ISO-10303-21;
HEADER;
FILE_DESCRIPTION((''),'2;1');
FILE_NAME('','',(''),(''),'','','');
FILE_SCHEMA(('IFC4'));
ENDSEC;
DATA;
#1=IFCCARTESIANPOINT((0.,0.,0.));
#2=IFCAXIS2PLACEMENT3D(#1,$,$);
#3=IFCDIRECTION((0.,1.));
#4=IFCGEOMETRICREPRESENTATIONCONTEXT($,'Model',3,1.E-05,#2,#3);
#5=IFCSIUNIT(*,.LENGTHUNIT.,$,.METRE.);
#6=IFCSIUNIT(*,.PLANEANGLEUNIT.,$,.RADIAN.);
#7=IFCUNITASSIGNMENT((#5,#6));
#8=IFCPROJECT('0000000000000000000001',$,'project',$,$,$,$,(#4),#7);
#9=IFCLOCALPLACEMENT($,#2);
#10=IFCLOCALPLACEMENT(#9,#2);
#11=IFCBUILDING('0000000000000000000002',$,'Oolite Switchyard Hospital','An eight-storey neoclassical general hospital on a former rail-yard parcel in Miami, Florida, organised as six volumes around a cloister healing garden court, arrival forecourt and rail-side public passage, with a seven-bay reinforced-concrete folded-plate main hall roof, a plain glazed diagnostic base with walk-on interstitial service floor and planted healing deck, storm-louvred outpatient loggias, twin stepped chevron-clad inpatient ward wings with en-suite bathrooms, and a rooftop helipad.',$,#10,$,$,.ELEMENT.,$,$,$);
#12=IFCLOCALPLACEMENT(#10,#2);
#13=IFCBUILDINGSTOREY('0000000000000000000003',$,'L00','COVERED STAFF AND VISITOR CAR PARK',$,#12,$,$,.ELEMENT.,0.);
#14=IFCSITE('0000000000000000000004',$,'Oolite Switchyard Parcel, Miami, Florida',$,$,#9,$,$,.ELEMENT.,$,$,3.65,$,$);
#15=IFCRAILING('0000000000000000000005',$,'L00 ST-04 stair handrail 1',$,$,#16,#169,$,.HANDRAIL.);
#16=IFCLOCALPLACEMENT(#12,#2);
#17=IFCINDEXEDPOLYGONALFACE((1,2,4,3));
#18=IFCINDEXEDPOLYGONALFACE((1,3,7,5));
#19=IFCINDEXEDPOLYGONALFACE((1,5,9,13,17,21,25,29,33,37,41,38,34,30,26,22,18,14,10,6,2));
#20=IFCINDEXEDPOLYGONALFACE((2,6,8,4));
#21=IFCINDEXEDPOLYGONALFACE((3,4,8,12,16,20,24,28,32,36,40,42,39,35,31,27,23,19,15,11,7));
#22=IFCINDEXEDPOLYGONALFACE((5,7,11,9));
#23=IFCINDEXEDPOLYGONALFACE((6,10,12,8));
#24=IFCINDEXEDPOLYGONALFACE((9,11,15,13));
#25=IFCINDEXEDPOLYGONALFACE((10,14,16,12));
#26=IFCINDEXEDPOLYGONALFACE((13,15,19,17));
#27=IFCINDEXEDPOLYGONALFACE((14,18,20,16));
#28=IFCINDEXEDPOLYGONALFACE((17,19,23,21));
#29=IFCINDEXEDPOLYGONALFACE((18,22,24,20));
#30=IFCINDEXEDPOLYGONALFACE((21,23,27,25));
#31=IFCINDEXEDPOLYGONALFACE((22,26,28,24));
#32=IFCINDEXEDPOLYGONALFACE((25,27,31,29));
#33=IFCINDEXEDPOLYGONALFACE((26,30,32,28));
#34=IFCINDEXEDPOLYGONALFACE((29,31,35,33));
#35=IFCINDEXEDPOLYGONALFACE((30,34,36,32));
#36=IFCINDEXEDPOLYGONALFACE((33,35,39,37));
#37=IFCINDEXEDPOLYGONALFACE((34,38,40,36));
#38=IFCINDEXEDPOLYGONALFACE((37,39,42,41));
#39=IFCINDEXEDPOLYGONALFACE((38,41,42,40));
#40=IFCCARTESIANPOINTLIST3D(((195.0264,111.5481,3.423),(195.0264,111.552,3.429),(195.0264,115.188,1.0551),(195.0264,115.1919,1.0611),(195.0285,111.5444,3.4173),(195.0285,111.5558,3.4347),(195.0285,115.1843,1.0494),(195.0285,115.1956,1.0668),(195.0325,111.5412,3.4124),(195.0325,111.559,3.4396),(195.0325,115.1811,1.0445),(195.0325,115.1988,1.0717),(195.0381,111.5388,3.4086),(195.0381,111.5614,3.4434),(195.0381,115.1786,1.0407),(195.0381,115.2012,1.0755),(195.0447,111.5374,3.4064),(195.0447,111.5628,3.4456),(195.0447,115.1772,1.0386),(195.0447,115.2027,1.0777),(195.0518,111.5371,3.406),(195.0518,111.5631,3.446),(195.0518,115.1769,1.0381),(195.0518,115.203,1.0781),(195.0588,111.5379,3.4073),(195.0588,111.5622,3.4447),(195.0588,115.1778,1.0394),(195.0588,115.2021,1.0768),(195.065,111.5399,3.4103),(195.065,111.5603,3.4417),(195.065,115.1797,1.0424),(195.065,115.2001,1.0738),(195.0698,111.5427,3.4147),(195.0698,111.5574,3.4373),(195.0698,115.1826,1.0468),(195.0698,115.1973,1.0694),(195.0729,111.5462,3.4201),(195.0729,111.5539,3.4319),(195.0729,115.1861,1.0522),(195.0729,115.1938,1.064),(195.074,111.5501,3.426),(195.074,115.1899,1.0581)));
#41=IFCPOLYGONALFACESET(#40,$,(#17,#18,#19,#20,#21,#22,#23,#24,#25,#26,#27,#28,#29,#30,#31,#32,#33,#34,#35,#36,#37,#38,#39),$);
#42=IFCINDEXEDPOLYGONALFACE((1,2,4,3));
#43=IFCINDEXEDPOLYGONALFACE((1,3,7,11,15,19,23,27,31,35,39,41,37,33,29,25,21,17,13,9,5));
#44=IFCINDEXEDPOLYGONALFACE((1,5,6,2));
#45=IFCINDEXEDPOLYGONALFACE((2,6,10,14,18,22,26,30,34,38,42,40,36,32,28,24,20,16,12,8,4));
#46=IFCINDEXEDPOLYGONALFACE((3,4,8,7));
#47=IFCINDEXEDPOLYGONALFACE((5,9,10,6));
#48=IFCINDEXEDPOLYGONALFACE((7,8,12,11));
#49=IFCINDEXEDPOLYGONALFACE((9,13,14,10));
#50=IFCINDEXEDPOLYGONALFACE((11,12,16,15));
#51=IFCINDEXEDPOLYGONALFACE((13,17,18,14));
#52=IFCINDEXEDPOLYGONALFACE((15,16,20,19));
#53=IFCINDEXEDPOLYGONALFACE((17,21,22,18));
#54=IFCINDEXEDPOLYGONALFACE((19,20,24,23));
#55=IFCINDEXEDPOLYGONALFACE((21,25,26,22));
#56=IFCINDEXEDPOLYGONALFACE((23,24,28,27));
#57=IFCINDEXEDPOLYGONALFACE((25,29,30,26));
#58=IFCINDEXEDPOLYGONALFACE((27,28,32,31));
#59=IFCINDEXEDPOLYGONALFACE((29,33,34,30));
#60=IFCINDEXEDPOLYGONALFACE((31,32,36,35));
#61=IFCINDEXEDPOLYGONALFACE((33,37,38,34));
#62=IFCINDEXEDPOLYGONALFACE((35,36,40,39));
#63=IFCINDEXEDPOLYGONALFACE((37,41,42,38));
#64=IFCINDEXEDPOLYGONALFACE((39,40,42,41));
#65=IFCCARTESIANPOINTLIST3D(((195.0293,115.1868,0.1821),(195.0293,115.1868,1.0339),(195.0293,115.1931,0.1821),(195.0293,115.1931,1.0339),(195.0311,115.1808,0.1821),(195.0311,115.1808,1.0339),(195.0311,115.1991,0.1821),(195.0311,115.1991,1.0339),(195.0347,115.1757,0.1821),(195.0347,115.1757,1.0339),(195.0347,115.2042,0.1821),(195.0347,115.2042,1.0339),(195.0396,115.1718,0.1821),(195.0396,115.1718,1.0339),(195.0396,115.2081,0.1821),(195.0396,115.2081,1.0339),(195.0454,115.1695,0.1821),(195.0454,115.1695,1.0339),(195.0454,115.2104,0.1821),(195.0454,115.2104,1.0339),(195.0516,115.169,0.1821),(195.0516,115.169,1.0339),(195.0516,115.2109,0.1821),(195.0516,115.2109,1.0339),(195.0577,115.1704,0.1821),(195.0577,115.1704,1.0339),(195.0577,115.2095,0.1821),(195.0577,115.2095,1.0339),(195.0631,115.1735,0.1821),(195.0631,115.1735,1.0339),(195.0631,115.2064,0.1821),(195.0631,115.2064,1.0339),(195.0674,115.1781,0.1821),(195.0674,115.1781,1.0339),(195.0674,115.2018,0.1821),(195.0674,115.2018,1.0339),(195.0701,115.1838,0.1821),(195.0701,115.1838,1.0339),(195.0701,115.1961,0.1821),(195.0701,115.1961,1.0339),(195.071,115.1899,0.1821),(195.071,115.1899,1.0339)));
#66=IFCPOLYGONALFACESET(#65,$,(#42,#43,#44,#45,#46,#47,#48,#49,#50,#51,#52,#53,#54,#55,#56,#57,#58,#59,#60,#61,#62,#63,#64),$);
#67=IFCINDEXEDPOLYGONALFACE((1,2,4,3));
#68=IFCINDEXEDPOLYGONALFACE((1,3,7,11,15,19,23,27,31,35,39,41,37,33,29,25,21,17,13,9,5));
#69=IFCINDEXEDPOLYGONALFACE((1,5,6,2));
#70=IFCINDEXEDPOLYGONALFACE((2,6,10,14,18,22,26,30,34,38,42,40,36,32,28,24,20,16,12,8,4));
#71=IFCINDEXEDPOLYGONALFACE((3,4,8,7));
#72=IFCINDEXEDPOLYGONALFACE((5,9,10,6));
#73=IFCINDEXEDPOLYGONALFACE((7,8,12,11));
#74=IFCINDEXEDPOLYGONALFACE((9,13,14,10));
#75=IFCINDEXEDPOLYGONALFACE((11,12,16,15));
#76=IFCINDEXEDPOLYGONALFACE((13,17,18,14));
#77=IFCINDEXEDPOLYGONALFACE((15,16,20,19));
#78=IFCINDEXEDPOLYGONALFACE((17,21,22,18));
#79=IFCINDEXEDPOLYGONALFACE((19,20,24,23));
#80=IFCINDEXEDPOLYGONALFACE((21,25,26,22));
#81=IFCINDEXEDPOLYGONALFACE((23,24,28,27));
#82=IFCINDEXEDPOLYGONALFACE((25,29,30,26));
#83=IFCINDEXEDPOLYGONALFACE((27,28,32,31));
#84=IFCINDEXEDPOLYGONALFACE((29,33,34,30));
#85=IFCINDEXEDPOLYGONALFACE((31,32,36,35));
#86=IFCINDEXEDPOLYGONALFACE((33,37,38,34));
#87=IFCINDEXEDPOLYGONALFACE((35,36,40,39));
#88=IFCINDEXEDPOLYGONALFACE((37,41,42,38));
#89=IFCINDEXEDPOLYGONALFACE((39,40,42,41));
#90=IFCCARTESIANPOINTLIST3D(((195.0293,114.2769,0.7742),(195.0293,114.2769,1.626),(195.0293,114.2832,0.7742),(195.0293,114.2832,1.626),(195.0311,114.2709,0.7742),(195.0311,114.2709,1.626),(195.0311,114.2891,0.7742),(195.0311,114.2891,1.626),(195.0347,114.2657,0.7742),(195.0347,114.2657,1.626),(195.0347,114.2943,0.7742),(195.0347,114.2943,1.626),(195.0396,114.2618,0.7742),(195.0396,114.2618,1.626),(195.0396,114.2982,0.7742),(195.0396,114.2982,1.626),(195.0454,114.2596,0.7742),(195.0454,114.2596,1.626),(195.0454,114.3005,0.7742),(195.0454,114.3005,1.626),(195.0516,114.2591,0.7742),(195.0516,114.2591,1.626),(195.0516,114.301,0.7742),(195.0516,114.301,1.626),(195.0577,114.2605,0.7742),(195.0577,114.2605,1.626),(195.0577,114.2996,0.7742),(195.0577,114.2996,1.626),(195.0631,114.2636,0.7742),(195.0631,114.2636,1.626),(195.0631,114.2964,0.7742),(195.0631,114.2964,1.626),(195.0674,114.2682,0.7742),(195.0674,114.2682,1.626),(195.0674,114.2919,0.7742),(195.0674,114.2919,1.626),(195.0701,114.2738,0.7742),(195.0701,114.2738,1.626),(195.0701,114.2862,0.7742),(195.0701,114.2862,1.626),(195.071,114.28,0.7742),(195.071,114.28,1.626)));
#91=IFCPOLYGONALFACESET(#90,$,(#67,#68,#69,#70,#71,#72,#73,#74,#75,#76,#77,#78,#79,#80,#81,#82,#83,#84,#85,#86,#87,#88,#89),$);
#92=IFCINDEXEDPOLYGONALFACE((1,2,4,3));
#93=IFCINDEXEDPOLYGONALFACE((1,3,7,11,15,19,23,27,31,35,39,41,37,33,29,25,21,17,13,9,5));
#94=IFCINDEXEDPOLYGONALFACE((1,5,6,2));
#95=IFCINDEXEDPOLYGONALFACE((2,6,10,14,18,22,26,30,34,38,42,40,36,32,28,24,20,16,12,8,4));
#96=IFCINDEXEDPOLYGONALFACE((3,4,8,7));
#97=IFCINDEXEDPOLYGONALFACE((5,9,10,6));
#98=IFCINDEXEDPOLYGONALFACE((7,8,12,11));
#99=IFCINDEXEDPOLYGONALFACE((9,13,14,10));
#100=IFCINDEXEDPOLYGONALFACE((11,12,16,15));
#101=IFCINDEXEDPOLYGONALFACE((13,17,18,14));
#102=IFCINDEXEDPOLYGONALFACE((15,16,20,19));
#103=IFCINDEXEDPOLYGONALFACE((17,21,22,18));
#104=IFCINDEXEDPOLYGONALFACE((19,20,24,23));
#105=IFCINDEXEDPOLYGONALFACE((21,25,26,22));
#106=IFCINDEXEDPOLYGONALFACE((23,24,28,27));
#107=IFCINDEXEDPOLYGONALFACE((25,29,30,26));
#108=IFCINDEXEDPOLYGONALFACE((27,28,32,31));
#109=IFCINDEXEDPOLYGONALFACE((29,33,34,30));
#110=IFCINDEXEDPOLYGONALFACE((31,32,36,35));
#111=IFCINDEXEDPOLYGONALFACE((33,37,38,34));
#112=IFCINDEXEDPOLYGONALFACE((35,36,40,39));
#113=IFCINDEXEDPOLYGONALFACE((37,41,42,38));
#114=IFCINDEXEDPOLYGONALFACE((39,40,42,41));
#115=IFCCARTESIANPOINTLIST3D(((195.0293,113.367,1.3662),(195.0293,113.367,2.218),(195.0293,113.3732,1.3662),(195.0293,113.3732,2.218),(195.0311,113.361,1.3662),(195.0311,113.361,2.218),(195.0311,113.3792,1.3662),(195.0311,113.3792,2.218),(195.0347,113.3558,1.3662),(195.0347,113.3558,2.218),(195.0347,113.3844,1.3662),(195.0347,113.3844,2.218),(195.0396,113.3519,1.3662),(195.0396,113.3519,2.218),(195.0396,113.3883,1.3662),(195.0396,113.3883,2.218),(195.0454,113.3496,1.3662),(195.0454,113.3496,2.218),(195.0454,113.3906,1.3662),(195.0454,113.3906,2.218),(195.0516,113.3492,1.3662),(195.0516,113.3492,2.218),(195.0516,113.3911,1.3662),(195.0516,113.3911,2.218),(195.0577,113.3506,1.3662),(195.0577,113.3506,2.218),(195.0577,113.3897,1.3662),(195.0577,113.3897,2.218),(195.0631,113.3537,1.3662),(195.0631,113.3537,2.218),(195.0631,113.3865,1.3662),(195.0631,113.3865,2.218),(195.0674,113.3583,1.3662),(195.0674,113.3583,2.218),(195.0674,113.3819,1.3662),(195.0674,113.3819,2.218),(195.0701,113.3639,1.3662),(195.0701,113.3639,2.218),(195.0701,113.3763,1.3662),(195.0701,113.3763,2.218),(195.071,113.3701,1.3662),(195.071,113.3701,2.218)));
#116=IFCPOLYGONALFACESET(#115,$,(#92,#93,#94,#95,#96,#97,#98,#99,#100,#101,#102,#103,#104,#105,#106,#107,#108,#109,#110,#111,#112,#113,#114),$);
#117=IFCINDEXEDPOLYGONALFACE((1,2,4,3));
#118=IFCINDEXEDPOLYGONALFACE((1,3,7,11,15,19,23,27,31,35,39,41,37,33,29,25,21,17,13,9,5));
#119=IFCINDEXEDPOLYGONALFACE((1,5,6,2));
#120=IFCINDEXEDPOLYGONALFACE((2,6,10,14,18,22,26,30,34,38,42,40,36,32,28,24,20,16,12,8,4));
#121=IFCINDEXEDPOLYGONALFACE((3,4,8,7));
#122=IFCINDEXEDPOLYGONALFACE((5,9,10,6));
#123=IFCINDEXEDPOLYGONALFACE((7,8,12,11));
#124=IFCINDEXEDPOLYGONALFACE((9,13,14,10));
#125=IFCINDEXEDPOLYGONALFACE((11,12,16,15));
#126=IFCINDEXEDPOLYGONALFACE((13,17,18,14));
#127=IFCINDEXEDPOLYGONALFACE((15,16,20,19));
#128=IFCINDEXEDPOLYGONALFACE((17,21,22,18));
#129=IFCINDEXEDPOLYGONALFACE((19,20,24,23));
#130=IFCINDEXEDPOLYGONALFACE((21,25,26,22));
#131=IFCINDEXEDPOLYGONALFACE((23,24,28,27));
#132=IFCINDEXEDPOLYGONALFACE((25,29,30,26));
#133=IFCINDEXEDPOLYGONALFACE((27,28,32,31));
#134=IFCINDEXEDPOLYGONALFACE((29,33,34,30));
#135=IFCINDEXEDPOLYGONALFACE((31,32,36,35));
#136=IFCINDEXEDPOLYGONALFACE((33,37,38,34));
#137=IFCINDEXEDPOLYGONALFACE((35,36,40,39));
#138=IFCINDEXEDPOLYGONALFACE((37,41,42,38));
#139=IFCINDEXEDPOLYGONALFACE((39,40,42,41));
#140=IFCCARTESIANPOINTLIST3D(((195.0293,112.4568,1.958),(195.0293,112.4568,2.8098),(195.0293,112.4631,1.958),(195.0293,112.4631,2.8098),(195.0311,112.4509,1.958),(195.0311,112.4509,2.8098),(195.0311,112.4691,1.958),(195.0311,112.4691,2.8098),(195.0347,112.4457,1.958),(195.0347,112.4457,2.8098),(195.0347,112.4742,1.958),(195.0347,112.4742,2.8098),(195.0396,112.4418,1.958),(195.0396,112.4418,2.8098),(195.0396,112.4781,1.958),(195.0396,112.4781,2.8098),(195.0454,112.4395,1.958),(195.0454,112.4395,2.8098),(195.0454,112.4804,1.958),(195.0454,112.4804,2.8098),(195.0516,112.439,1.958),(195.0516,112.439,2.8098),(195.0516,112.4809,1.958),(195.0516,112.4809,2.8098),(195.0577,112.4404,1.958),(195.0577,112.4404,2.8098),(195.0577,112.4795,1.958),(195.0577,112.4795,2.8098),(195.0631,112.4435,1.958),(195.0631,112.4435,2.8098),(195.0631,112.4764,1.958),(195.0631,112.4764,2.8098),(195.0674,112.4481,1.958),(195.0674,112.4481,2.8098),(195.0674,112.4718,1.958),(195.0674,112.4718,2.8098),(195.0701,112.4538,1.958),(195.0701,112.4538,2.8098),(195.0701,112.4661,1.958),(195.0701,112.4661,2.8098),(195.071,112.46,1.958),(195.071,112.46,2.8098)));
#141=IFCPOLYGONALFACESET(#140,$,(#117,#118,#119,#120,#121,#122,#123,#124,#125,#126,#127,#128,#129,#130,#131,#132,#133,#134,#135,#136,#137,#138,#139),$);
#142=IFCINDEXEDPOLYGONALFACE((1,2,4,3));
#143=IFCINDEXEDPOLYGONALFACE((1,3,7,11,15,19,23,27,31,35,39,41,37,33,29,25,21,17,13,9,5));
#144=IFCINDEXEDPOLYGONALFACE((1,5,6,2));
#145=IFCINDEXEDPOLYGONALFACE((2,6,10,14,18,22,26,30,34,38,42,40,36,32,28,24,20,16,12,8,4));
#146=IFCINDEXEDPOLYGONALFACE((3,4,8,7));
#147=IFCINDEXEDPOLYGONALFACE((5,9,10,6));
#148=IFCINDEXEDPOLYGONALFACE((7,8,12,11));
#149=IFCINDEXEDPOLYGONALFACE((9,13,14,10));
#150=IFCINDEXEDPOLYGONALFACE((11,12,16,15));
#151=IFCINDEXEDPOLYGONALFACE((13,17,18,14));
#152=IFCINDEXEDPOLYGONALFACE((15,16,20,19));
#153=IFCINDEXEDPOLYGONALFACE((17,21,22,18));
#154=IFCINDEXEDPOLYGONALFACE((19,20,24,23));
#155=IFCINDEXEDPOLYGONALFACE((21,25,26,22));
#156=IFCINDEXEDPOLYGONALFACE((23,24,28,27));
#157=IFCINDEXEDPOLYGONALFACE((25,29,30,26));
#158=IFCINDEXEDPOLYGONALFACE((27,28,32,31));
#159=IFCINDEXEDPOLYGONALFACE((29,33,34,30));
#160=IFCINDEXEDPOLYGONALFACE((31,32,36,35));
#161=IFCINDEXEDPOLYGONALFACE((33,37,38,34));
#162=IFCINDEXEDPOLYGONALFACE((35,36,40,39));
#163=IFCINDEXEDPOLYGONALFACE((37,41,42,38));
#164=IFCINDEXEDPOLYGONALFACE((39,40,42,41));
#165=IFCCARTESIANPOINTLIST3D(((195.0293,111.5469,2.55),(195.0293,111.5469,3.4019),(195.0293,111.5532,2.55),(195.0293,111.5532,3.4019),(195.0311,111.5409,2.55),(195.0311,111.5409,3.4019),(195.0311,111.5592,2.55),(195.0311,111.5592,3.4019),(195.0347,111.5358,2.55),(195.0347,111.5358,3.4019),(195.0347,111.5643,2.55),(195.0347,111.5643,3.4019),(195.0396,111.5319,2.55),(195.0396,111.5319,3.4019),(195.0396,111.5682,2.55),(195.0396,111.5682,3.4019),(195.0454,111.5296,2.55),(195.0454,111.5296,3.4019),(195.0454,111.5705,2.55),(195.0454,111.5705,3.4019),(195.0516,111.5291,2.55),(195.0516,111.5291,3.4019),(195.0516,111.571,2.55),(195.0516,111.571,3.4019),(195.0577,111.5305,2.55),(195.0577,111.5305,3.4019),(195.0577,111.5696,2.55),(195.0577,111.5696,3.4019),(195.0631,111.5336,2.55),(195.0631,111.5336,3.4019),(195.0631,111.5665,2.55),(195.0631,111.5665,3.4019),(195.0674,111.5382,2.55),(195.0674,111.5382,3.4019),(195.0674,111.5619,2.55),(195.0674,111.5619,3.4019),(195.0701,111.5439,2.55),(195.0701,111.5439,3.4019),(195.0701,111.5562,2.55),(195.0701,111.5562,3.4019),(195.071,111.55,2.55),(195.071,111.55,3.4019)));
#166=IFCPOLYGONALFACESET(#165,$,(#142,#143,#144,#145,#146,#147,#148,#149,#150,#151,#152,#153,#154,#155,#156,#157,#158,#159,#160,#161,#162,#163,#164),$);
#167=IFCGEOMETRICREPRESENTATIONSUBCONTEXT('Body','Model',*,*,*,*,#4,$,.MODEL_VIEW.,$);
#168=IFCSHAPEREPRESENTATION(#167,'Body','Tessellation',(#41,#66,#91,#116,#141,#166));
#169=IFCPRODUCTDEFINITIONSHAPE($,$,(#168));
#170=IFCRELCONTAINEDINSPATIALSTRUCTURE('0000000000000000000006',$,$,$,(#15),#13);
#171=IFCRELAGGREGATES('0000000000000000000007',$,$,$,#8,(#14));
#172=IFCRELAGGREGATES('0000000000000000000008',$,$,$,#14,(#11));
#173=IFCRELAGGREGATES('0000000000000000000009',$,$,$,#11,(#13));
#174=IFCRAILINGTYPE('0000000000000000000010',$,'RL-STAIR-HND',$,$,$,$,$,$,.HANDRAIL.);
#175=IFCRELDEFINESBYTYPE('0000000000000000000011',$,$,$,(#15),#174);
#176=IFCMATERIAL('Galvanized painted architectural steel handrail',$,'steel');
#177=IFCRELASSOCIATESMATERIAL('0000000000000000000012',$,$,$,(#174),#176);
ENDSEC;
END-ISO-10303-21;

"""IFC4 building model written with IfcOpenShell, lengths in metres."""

from ifc_helpers import new_model, si_unit, direction, frame, origin, origin_2d, place, context, subcontext, project, spatial, circle, extrude, material, type_object, element, save


model = new_model("IFC4")

# Units and contexts
model_context = context("Model", 3, precision=1e-05, world=origin(), true_north=direction((0.0, 1.0)))
body_context = subcontext(model_context, "Body", "Model", "MODEL_VIEW")
ifc_project = project(units=[si_unit("LENGTHUNIT", "METRE"), si_unit("PLANEANGLEUNIT", "RADIAN")], contexts=[model_context])

# Site, building, storey
site_placement = place(None, origin())
site = spatial("IfcSite", under=ifc_project, at=site_placement, Name="Oolite Switchyard Parcel, Miami, Florida", CompositionType="ELEMENT", RefElevation=3.65)
building_placement = place(site_placement, origin())
building = spatial("IfcBuilding", under=site, at=building_placement, Name="Oolite Switchyard Hospital", Description="An eight-storey neoclassical general hospital on a former rail-yard parcel in Miami, Florida, organised as six volumes around a cloister healing garden court, arrival forecourt and rail-side public passage, with a seven-bay reinforced-concrete folded-plate main hall roof, a plain glazed diagnostic base with walk-on interstitial service floor and planted healing deck, storm-louvred outpatient loggias, twin stepped chevron-clad inpatient ward wings with en-suite bathrooms, and a rooftop helipad.", CompositionType="ELEMENT")
storey_placement = place(building_placement, origin())
storey = spatial("IfcBuildingStorey", under=building, at=storey_placement, Name="L00", Description="COVERED STAFF AND VISITOR CAR PARK", CompositionType="ELEMENT", Elevation=0.0)

# Railing
ifc_material_1 = material(Name="Galvanized painted architectural steel handrail", Category="steel")
railing_type_1 = type_object("IfcRailingType", Name="RL-STAIR-HND", PredefinedType="HANDRAIL", material=ifc_material_1)
railing_1_placement = place(storey_placement, frame((195.05, 115.1899, 0.1821)))
element("IfcRailing", 1, at=railing_1_placement, inside=storey, type_object=railing_type_1, Name="L00 ST-04 stair handrail 1", PredefinedType="HANDRAIL", context=body_context, shape_type="SweptSolid", body=[
    extrude(circle(Radius=0.0239, at=origin_2d()), frame((0.0, 0.0, 0.876), z_axis=(0.0, -0.838234, 0.54531), x_axis=(1.0, 0.0, 0.0)), (0.0, 0.0, 1.0), 4.3423),
    extrude(circle(Radius=0.021, at=origin_2d()), origin(), (0.0, 0.0, 1.0), 0.8518),
    extrude(circle(Radius=0.021, at=origin_2d()), frame((0.0, -0.9099, 0.592)), (0.0, 0.0, 1.0), 0.8518),
    extrude(circle(Radius=0.021, at=origin_2d()), frame((0.0, -1.8198, 1.1841)), (0.0, 0.0, 1.0), 0.8518),
    extrude(circle(Radius=0.021, at=origin_2d()), frame((0.0, -2.73, 1.7759)), (0.0, 0.0, 1.0), 0.8518),
    extrude(circle(Radius=0.021, at=origin_2d()), frame((0.0, -3.6399, 2.3679)), (0.0, 0.0, 1.0), 0.8518),
])

save(model, "model.ifc")
